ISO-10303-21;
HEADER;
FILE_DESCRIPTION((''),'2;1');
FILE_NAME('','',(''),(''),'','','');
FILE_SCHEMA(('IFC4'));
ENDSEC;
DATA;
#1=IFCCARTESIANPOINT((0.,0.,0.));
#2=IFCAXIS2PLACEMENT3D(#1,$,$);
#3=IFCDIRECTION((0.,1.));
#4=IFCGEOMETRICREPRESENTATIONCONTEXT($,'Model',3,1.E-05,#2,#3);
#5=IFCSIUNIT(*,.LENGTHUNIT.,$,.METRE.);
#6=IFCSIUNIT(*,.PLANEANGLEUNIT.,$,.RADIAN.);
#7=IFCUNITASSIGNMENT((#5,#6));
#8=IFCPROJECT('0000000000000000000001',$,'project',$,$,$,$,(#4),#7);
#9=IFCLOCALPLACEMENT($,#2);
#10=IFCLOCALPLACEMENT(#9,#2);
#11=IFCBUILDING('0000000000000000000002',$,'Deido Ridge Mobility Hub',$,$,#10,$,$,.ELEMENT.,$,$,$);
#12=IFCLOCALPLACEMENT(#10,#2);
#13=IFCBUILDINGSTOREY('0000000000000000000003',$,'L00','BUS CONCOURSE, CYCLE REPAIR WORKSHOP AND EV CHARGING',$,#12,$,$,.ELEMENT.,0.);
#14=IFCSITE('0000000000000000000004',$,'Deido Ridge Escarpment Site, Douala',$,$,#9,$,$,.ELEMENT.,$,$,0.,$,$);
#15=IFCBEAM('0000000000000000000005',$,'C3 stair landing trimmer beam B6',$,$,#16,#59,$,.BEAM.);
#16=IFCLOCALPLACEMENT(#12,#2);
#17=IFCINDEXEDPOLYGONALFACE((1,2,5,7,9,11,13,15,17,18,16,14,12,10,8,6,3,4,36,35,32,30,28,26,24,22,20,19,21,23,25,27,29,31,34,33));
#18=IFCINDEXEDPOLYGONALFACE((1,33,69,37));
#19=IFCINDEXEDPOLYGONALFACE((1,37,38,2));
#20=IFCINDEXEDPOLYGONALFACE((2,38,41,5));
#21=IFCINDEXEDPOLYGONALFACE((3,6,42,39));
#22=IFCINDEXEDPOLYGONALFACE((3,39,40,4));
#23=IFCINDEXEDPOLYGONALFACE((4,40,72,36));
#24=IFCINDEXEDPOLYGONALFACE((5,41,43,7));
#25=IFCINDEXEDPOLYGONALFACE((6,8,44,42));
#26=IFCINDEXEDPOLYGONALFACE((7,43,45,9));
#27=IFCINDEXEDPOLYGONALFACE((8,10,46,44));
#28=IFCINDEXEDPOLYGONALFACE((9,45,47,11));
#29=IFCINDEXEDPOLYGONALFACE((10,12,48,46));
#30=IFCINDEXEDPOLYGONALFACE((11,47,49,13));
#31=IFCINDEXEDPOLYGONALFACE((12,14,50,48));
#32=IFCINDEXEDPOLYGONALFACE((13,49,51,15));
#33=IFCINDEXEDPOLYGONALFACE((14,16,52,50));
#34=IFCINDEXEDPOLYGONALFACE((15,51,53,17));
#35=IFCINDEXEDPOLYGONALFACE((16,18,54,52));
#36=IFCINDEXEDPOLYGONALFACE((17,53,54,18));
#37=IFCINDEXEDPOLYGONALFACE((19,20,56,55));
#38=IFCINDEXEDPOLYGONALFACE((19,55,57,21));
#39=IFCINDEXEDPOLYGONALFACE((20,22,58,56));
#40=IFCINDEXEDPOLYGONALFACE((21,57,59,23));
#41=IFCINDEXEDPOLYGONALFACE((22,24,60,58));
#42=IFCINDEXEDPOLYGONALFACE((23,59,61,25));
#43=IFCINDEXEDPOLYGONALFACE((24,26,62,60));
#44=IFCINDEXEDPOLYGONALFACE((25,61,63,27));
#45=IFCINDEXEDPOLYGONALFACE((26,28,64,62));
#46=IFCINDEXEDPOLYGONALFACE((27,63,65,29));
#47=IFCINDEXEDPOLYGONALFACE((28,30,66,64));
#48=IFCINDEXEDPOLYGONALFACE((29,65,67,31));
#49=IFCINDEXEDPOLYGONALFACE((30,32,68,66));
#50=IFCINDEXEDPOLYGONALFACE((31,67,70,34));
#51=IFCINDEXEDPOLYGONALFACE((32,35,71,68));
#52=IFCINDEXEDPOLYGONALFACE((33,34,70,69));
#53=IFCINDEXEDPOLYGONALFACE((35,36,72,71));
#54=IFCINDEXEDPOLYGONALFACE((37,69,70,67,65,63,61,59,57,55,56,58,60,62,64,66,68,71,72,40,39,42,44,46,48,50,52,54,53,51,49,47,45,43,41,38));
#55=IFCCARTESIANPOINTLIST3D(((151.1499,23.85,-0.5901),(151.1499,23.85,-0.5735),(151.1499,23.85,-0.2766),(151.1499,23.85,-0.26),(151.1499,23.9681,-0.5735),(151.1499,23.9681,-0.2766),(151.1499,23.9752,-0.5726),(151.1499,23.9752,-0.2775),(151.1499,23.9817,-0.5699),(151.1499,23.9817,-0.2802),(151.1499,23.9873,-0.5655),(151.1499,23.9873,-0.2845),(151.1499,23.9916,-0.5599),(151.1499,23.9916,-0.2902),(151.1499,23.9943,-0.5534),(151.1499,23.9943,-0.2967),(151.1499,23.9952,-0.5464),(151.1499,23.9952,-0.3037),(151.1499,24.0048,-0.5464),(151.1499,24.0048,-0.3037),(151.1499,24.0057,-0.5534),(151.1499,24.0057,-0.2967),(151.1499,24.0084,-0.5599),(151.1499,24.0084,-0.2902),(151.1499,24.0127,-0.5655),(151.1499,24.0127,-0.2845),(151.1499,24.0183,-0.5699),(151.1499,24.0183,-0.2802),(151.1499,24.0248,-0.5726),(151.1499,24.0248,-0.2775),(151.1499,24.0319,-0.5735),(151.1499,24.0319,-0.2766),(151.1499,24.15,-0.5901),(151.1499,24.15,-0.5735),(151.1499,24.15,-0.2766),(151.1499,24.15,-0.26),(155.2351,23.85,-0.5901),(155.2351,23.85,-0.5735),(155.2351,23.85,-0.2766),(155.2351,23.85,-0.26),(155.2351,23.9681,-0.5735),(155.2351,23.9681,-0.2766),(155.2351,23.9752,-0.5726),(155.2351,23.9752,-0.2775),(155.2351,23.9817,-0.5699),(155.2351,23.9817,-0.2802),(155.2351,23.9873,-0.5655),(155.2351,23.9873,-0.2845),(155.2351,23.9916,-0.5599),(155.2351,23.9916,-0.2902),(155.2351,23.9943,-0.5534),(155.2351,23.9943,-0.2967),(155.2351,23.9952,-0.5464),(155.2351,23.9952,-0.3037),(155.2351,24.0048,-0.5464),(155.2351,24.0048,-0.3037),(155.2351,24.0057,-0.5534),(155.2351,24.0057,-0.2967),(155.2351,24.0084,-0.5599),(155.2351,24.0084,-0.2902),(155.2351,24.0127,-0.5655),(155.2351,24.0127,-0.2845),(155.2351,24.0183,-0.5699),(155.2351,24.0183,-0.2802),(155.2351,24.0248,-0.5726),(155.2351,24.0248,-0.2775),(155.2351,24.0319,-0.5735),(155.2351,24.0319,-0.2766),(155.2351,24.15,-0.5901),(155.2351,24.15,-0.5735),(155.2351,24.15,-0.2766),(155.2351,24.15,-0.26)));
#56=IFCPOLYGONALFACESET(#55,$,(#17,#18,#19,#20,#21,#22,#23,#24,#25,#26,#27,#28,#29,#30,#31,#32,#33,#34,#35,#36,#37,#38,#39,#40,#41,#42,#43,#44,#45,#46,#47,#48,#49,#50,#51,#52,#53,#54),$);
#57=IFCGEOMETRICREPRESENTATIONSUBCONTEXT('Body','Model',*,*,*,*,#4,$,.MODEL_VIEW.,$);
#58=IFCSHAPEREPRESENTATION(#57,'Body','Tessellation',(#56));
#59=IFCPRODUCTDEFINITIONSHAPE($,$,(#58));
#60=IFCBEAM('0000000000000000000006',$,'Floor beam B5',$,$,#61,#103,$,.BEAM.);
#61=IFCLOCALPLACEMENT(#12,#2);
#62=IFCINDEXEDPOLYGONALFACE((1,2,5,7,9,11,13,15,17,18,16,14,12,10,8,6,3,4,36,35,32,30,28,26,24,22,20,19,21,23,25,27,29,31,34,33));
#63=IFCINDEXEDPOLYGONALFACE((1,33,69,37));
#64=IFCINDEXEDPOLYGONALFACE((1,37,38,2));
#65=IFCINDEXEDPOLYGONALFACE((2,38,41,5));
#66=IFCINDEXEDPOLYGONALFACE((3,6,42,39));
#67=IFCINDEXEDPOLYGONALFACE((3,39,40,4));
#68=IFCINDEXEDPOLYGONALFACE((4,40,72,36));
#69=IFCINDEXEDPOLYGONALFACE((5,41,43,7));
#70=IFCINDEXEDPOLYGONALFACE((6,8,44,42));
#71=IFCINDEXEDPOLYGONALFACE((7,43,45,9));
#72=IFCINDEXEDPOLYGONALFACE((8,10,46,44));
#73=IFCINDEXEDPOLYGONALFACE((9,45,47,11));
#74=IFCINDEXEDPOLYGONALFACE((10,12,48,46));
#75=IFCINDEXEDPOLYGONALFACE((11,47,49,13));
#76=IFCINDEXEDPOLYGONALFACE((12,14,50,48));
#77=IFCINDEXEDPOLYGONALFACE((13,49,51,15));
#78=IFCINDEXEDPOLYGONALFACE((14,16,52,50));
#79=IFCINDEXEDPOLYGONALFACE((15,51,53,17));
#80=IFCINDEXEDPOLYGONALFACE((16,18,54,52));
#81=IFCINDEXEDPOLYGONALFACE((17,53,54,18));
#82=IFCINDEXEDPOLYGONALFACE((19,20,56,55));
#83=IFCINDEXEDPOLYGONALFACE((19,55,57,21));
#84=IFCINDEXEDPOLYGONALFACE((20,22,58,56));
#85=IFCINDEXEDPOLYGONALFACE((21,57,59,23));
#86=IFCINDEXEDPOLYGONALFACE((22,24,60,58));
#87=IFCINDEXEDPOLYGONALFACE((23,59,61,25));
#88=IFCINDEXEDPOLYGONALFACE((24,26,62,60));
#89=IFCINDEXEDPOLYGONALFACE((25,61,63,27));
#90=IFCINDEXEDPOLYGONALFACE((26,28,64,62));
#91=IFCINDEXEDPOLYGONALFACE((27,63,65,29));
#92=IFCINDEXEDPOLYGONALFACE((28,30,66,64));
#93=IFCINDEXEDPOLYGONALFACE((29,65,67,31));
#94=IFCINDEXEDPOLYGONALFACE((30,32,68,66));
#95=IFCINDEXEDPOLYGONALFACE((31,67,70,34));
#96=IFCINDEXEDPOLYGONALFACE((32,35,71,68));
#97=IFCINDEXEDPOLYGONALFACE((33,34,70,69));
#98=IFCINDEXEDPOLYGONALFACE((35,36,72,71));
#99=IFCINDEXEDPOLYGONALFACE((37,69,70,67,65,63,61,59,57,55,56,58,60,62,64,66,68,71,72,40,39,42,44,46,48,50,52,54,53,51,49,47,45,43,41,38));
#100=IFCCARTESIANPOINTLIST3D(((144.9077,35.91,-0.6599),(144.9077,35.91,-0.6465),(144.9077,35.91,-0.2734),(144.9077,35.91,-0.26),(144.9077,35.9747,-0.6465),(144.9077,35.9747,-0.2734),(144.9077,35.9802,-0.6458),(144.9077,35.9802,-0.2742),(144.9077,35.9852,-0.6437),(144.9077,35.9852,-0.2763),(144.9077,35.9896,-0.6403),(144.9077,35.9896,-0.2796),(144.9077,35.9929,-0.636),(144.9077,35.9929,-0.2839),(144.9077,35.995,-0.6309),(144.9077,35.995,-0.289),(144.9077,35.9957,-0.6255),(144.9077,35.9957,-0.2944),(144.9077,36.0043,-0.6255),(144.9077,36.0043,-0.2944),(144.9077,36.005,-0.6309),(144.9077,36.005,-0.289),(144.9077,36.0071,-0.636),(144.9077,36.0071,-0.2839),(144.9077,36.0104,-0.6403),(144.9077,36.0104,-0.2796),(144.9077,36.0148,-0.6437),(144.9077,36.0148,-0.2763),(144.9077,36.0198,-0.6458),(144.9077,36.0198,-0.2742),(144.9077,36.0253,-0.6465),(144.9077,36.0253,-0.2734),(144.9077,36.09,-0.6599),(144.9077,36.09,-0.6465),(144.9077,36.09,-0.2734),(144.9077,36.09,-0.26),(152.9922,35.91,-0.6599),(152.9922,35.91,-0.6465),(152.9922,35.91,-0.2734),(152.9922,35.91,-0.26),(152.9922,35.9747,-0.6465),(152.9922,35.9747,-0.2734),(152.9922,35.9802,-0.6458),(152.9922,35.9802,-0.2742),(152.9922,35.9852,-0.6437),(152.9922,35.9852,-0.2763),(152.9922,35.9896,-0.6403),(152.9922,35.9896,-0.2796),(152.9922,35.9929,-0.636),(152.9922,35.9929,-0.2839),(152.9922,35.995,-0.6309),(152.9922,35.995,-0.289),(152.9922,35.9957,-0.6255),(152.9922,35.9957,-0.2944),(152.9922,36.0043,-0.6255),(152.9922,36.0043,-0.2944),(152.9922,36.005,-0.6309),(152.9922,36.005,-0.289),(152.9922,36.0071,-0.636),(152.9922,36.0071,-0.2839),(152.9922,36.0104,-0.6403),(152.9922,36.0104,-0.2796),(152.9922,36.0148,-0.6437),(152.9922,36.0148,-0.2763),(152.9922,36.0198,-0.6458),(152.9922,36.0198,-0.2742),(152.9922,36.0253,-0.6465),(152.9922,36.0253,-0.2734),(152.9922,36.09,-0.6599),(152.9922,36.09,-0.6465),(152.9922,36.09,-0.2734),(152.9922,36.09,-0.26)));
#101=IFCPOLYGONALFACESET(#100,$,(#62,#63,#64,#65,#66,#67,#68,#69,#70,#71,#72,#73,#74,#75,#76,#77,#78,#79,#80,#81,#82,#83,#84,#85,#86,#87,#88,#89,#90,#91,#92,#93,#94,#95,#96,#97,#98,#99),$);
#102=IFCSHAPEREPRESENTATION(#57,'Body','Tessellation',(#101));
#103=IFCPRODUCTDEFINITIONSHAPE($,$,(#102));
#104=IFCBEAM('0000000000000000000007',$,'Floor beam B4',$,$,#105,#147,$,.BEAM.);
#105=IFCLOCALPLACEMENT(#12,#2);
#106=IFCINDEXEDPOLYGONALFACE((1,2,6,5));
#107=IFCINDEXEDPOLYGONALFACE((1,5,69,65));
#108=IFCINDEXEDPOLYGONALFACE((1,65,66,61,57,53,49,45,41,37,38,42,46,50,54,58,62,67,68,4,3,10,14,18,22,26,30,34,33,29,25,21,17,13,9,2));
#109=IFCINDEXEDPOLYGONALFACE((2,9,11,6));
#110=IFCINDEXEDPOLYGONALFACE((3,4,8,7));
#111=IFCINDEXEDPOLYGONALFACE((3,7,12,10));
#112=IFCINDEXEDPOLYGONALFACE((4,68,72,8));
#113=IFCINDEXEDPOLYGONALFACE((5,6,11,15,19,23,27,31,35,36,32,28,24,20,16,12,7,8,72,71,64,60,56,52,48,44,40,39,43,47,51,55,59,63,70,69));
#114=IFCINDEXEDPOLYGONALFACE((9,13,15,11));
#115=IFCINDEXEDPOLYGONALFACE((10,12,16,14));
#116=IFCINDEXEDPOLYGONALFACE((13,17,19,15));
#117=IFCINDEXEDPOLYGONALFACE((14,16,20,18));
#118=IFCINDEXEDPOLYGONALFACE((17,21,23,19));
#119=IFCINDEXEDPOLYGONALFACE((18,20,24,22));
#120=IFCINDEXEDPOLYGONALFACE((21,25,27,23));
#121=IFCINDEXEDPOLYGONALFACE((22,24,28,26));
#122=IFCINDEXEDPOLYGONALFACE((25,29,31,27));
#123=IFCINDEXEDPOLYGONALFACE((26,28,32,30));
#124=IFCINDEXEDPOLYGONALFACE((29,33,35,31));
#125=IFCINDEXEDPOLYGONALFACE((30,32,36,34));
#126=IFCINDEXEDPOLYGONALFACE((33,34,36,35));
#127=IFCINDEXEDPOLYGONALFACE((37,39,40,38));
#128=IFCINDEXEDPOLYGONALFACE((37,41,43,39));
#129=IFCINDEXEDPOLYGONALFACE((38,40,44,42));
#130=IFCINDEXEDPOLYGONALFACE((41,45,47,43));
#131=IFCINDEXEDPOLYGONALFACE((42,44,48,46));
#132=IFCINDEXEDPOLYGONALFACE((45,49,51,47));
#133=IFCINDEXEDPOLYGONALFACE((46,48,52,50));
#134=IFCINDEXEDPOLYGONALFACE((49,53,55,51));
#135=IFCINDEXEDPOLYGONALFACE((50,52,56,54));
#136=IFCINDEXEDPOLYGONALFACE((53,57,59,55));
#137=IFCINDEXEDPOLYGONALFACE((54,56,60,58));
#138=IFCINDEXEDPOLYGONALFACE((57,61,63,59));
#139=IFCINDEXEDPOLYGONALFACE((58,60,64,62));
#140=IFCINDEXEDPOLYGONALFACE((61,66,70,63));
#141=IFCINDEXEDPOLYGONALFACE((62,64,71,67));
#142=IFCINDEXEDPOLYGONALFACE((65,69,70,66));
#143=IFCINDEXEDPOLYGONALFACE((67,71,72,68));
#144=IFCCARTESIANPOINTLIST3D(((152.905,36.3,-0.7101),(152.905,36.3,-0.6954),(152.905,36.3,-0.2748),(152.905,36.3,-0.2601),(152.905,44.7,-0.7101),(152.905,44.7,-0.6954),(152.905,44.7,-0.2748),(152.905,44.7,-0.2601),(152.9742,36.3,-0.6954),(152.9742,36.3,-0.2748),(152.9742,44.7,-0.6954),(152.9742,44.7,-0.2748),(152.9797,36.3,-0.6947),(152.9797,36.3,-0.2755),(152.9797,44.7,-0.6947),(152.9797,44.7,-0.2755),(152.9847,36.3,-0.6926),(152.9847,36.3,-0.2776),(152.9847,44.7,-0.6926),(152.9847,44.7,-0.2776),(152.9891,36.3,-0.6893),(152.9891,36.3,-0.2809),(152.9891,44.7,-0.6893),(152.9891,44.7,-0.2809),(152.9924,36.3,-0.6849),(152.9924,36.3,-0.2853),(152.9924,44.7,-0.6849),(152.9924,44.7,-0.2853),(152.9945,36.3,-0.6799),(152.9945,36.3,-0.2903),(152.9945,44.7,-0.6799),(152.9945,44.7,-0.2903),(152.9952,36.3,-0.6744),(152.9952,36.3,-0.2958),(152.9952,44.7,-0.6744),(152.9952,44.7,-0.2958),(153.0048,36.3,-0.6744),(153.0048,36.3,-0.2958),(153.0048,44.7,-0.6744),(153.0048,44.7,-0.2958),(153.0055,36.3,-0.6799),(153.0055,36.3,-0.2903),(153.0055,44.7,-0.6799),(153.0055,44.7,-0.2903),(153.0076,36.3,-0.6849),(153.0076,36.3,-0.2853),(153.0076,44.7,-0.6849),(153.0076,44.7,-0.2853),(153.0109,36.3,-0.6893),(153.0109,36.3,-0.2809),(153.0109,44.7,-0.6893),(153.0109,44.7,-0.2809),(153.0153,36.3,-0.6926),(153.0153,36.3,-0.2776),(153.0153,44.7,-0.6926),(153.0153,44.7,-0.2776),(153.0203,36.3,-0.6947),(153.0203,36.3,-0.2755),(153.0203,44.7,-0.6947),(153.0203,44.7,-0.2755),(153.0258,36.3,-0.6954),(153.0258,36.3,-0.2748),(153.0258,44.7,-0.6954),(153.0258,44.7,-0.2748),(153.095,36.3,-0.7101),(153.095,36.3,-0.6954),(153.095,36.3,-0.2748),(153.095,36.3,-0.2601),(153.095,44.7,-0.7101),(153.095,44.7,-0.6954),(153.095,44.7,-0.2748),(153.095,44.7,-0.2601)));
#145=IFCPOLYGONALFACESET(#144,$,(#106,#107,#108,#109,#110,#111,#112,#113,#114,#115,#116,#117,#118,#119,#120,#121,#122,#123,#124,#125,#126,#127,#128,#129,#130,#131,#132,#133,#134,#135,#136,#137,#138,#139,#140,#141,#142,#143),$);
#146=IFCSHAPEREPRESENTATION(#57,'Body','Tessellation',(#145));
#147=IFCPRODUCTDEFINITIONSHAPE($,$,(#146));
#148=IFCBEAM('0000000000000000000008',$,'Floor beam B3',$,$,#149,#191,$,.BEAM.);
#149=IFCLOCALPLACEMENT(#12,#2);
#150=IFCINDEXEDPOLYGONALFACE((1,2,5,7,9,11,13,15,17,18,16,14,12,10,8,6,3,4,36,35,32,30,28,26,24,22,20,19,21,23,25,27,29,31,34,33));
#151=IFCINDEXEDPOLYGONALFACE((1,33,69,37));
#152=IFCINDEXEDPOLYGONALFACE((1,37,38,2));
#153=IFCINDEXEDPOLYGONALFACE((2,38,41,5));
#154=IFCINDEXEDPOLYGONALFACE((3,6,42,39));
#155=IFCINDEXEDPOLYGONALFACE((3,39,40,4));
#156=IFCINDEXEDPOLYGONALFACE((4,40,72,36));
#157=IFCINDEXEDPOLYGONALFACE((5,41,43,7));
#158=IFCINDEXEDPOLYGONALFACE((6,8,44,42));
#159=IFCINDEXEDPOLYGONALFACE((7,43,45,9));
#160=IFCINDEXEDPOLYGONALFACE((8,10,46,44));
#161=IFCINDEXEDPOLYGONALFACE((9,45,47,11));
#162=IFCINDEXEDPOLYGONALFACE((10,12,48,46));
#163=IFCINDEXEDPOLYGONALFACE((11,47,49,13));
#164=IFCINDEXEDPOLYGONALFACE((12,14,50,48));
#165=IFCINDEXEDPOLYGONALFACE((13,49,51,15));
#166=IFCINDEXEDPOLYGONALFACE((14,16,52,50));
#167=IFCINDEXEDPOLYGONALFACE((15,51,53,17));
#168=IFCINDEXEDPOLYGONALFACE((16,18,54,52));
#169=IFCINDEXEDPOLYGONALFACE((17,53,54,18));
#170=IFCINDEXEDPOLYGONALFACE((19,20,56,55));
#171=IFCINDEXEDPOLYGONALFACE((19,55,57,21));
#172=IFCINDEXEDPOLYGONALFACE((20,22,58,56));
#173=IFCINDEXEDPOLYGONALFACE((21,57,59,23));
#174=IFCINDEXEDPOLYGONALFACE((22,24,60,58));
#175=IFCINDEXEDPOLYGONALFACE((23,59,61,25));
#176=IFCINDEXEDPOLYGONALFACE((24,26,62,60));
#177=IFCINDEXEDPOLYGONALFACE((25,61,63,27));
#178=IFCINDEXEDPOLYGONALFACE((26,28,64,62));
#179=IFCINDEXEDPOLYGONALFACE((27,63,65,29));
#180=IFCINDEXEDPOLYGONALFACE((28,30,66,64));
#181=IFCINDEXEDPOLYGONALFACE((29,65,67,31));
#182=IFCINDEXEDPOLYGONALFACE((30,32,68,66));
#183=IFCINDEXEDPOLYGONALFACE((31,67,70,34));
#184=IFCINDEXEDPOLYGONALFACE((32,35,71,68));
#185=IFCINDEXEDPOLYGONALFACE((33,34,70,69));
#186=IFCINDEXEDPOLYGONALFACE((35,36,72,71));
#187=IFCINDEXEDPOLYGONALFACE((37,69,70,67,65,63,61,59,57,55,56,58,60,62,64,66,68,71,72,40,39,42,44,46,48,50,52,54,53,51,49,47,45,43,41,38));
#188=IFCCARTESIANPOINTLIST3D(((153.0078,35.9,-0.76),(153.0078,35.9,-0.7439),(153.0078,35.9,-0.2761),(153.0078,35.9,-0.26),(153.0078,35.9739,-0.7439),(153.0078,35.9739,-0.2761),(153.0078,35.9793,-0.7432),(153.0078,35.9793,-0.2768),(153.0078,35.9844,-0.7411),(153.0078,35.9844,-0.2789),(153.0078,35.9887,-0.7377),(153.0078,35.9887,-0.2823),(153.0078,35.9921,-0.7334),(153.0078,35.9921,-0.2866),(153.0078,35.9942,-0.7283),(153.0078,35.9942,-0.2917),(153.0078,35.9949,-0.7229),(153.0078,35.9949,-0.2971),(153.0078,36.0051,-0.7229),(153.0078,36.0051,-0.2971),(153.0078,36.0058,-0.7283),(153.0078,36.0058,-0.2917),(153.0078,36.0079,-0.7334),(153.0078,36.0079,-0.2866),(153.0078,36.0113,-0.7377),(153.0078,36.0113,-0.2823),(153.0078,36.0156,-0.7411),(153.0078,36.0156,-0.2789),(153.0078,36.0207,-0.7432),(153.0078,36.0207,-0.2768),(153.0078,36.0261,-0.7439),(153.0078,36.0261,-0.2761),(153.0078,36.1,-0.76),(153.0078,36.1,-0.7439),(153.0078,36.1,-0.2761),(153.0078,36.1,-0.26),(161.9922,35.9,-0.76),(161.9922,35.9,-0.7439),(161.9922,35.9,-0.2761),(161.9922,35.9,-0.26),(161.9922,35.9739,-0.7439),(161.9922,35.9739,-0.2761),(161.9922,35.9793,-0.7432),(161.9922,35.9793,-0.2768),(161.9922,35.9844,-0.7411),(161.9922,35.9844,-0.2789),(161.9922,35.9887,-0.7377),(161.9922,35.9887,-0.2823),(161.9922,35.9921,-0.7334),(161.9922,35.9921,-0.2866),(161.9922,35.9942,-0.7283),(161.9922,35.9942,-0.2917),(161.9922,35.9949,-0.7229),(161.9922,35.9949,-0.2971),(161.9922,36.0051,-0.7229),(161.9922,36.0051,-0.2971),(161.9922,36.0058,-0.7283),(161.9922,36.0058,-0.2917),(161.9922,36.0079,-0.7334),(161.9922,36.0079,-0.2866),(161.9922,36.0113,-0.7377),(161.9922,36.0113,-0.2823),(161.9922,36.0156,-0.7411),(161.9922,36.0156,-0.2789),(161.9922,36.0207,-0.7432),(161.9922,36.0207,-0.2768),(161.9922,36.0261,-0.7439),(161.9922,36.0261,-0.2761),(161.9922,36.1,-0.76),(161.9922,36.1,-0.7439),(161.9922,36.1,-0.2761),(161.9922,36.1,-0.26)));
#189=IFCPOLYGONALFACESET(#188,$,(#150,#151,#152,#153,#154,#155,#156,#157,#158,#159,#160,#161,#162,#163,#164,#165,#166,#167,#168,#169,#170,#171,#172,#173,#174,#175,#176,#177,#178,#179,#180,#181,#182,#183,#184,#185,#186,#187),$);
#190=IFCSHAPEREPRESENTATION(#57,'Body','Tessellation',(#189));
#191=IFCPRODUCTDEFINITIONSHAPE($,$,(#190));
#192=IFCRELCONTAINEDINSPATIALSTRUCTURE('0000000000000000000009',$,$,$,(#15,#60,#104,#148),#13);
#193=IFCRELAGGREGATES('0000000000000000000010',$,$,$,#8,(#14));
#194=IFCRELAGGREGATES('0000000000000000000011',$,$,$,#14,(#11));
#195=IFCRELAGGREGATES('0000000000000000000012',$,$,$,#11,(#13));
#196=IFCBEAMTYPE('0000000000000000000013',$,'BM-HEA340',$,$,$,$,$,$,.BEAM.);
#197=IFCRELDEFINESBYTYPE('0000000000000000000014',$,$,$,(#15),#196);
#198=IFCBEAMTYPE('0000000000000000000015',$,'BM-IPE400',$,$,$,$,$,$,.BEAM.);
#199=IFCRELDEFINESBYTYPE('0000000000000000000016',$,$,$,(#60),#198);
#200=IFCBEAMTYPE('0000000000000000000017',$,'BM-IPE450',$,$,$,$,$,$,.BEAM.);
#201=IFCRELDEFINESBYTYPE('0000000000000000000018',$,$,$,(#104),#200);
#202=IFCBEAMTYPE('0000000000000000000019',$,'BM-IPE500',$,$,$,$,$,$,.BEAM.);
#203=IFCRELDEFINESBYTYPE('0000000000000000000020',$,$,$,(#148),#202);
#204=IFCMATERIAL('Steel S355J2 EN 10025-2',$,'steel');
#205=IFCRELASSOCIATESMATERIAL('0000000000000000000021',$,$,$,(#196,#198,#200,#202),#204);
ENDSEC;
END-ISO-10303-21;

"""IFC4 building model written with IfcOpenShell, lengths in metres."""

from ifc_helpers import new_model, si_unit, direction, frame, origin, origin_2d, place, context, subcontext, project, spatial, i_section, extrude, material, material_profile, profile_set, type_object, element, save


model = new_model("IFC4")

# Units and contexts
model_context = context("Model", 3, precision=1e-05, world=origin(), true_north=direction((0.0, 1.0)))
body_context = subcontext(model_context, "Body", "Model", "MODEL_VIEW")
ifc_project = project(units=[si_unit("LENGTHUNIT", "METRE"), si_unit("PLANEANGLEUNIT", "RADIAN")], contexts=[model_context])

# Site, building, storey
site_placement = place(None, origin())
site = spatial("IfcSite", under=ifc_project, at=site_placement, Name="Deido Ridge Escarpment Site, Douala", CompositionType="ELEMENT", RefElevation=0.0)
building_placement = place(site_placement, origin())
building = spatial("IfcBuilding", under=site, at=building_placement, Name="Deido Ridge Mobility Hub", CompositionType="ELEMENT")
storey_placement = place(building_placement, origin())
storey = spatial("IfcBuildingStorey", under=building, at=storey_placement, Name="L00", Description="BUS CONCOURSE, CYCLE REPAIR WORKSHOP AND EV CHARGING", CompositionType="ELEMENT", Elevation=0.0)

# Shared definitions
ifc_material_1 = material(Name="Steel S355J2 EN 10025-2", Category="steel")

# Beams
ifc_material_profile_1 = material_profile(ifc_material_1, i_section(OverallWidth=0.3, OverallDepth=0.3301, WebThickness=0.0095, FlangeThickness=0.0166, FilletRadius=0.0271, at=origin_2d()), Name="HEA 340")
ifc_profile_set_1 = profile_set([ifc_material_profile_1], Name="Steel S355J2 EN 10025-2")
beam_type_1 = type_object("IfcBeamType", Name="BM-HEA340", PredefinedType="BEAM", material=ifc_profile_set_1)
beam_1_placement = place(storey_placement, frame((151.1499, 24.0, -0.425), z_axis=(1.0, 0.0, 0.0), x_axis=(0.0, 1.0, 0.0)))
element("IfcBeam", 1, at=beam_1_placement, inside=storey, type_object=beam_type_1, Name="C3 stair landing trimmer beam B6", PredefinedType="BEAM", context=body_context, shape_type="SweptSolid", body=[
    extrude(i_section(OverallWidth=0.3, OverallDepth=0.3301, WebThickness=0.0095, FlangeThickness=0.0166, FilletRadius=0.0271, at=origin_2d()), origin(), (0.0, 0.0, 1.0), 4.0852),
])
ifc_material_profile_2 = material_profile(ifc_material_1, i_section(OverallWidth=0.1799, OverallDepth=0.3999, WebThickness=0.0085, FlangeThickness=0.0134, FilletRadius=0.021, at=origin_2d()), Name="IPE 400")
ifc_profile_set_2 = profile_set([ifc_material_profile_2], Name="Steel S355J2 EN 10025-2")
beam_type_2 = type_object("IfcBeamType", Name="BM-IPE400", PredefinedType="BEAM", material=ifc_profile_set_2)
beam_2_placement = place(storey_placement, frame((144.9077, 36.0, -0.46), z_axis=(1.0, 0.0, 0.0), x_axis=(0.0, 1.0, 0.0)))
element("IfcBeam", 2, at=beam_2_placement, inside=storey, type_object=beam_type_2, Name="Floor beam B5", PredefinedType="BEAM", context=body_context, shape_type="SweptSolid", body=[
    extrude(i_section(OverallWidth=0.1799, OverallDepth=0.3999, WebThickness=0.0085, FlangeThickness=0.0134, FilletRadius=0.021, at=origin_2d()), origin(), (0.0, 0.0, 1.0), 8.0845),
])
ifc_material_profile_3 = material_profile(ifc_material_1, i_section(OverallWidth=0.1899, OverallDepth=0.45, WebThickness=0.0095, FlangeThickness=0.0146, FilletRadius=0.021, at=origin_2d()), Name="IPE 450")
ifc_profile_set_3 = profile_set([ifc_material_profile_3], Name="Steel S355J2 EN 10025-2")
beam_type_3 = type_object("IfcBeamType", Name="BM-IPE450", PredefinedType="BEAM", material=ifc_profile_set_3)
beam_3_placement = place(storey_placement, frame((153.0, 36.3, -0.4851), z_axis=(0.0, 1.0, 0.0), x_axis=(-1.0, 0.0, 0.0)))
element("IfcBeam", 3, at=beam_3_placement, inside=storey, type_object=beam_type_3, Name="Floor beam B4", PredefinedType="BEAM", context=body_context, shape_type="SweptSolid", body=[
    extrude(i_section(OverallWidth=0.1899, OverallDepth=0.45, WebThickness=0.0095, FlangeThickness=0.0146, FilletRadius=0.021, at=origin_2d()), origin(), (0.0, 0.0, 1.0), 8.3999),
])
ifc_material_profile_4 = material_profile(ifc_material_1, i_section(OverallWidth=0.2, OverallDepth=0.5, WebThickness=0.0103, FlangeThickness=0.0161, FilletRadius=0.021, at=origin_2d()), Name="IPE 500")
ifc_profile_set_4 = profile_set([ifc_material_profile_4], Name="Steel S355J2 EN 10025-2")
beam_type_4 = type_object("IfcBeamType", Name="BM-IPE500", PredefinedType="BEAM", material=ifc_profile_set_4)
beam_4_placement = place(storey_placement, frame((153.0078, 36.0, -0.51), z_axis=(1.0, 0.0, 0.0), x_axis=(0.0, 1.0, 0.0)))
element("IfcBeam", 4, at=beam_4_placement, inside=storey, type_object=beam_type_4, Name="Floor beam B3", PredefinedType="BEAM", context=body_context, shape_type="SweptSolid", body=[
    extrude(i_section(OverallWidth=0.2, OverallDepth=0.5, WebThickness=0.0103, FlangeThickness=0.0161, FilletRadius=0.021, at=origin_2d()), origin(), (0.0, 0.0, 1.0), 8.9844),
])

save(model, "model.ifc")
